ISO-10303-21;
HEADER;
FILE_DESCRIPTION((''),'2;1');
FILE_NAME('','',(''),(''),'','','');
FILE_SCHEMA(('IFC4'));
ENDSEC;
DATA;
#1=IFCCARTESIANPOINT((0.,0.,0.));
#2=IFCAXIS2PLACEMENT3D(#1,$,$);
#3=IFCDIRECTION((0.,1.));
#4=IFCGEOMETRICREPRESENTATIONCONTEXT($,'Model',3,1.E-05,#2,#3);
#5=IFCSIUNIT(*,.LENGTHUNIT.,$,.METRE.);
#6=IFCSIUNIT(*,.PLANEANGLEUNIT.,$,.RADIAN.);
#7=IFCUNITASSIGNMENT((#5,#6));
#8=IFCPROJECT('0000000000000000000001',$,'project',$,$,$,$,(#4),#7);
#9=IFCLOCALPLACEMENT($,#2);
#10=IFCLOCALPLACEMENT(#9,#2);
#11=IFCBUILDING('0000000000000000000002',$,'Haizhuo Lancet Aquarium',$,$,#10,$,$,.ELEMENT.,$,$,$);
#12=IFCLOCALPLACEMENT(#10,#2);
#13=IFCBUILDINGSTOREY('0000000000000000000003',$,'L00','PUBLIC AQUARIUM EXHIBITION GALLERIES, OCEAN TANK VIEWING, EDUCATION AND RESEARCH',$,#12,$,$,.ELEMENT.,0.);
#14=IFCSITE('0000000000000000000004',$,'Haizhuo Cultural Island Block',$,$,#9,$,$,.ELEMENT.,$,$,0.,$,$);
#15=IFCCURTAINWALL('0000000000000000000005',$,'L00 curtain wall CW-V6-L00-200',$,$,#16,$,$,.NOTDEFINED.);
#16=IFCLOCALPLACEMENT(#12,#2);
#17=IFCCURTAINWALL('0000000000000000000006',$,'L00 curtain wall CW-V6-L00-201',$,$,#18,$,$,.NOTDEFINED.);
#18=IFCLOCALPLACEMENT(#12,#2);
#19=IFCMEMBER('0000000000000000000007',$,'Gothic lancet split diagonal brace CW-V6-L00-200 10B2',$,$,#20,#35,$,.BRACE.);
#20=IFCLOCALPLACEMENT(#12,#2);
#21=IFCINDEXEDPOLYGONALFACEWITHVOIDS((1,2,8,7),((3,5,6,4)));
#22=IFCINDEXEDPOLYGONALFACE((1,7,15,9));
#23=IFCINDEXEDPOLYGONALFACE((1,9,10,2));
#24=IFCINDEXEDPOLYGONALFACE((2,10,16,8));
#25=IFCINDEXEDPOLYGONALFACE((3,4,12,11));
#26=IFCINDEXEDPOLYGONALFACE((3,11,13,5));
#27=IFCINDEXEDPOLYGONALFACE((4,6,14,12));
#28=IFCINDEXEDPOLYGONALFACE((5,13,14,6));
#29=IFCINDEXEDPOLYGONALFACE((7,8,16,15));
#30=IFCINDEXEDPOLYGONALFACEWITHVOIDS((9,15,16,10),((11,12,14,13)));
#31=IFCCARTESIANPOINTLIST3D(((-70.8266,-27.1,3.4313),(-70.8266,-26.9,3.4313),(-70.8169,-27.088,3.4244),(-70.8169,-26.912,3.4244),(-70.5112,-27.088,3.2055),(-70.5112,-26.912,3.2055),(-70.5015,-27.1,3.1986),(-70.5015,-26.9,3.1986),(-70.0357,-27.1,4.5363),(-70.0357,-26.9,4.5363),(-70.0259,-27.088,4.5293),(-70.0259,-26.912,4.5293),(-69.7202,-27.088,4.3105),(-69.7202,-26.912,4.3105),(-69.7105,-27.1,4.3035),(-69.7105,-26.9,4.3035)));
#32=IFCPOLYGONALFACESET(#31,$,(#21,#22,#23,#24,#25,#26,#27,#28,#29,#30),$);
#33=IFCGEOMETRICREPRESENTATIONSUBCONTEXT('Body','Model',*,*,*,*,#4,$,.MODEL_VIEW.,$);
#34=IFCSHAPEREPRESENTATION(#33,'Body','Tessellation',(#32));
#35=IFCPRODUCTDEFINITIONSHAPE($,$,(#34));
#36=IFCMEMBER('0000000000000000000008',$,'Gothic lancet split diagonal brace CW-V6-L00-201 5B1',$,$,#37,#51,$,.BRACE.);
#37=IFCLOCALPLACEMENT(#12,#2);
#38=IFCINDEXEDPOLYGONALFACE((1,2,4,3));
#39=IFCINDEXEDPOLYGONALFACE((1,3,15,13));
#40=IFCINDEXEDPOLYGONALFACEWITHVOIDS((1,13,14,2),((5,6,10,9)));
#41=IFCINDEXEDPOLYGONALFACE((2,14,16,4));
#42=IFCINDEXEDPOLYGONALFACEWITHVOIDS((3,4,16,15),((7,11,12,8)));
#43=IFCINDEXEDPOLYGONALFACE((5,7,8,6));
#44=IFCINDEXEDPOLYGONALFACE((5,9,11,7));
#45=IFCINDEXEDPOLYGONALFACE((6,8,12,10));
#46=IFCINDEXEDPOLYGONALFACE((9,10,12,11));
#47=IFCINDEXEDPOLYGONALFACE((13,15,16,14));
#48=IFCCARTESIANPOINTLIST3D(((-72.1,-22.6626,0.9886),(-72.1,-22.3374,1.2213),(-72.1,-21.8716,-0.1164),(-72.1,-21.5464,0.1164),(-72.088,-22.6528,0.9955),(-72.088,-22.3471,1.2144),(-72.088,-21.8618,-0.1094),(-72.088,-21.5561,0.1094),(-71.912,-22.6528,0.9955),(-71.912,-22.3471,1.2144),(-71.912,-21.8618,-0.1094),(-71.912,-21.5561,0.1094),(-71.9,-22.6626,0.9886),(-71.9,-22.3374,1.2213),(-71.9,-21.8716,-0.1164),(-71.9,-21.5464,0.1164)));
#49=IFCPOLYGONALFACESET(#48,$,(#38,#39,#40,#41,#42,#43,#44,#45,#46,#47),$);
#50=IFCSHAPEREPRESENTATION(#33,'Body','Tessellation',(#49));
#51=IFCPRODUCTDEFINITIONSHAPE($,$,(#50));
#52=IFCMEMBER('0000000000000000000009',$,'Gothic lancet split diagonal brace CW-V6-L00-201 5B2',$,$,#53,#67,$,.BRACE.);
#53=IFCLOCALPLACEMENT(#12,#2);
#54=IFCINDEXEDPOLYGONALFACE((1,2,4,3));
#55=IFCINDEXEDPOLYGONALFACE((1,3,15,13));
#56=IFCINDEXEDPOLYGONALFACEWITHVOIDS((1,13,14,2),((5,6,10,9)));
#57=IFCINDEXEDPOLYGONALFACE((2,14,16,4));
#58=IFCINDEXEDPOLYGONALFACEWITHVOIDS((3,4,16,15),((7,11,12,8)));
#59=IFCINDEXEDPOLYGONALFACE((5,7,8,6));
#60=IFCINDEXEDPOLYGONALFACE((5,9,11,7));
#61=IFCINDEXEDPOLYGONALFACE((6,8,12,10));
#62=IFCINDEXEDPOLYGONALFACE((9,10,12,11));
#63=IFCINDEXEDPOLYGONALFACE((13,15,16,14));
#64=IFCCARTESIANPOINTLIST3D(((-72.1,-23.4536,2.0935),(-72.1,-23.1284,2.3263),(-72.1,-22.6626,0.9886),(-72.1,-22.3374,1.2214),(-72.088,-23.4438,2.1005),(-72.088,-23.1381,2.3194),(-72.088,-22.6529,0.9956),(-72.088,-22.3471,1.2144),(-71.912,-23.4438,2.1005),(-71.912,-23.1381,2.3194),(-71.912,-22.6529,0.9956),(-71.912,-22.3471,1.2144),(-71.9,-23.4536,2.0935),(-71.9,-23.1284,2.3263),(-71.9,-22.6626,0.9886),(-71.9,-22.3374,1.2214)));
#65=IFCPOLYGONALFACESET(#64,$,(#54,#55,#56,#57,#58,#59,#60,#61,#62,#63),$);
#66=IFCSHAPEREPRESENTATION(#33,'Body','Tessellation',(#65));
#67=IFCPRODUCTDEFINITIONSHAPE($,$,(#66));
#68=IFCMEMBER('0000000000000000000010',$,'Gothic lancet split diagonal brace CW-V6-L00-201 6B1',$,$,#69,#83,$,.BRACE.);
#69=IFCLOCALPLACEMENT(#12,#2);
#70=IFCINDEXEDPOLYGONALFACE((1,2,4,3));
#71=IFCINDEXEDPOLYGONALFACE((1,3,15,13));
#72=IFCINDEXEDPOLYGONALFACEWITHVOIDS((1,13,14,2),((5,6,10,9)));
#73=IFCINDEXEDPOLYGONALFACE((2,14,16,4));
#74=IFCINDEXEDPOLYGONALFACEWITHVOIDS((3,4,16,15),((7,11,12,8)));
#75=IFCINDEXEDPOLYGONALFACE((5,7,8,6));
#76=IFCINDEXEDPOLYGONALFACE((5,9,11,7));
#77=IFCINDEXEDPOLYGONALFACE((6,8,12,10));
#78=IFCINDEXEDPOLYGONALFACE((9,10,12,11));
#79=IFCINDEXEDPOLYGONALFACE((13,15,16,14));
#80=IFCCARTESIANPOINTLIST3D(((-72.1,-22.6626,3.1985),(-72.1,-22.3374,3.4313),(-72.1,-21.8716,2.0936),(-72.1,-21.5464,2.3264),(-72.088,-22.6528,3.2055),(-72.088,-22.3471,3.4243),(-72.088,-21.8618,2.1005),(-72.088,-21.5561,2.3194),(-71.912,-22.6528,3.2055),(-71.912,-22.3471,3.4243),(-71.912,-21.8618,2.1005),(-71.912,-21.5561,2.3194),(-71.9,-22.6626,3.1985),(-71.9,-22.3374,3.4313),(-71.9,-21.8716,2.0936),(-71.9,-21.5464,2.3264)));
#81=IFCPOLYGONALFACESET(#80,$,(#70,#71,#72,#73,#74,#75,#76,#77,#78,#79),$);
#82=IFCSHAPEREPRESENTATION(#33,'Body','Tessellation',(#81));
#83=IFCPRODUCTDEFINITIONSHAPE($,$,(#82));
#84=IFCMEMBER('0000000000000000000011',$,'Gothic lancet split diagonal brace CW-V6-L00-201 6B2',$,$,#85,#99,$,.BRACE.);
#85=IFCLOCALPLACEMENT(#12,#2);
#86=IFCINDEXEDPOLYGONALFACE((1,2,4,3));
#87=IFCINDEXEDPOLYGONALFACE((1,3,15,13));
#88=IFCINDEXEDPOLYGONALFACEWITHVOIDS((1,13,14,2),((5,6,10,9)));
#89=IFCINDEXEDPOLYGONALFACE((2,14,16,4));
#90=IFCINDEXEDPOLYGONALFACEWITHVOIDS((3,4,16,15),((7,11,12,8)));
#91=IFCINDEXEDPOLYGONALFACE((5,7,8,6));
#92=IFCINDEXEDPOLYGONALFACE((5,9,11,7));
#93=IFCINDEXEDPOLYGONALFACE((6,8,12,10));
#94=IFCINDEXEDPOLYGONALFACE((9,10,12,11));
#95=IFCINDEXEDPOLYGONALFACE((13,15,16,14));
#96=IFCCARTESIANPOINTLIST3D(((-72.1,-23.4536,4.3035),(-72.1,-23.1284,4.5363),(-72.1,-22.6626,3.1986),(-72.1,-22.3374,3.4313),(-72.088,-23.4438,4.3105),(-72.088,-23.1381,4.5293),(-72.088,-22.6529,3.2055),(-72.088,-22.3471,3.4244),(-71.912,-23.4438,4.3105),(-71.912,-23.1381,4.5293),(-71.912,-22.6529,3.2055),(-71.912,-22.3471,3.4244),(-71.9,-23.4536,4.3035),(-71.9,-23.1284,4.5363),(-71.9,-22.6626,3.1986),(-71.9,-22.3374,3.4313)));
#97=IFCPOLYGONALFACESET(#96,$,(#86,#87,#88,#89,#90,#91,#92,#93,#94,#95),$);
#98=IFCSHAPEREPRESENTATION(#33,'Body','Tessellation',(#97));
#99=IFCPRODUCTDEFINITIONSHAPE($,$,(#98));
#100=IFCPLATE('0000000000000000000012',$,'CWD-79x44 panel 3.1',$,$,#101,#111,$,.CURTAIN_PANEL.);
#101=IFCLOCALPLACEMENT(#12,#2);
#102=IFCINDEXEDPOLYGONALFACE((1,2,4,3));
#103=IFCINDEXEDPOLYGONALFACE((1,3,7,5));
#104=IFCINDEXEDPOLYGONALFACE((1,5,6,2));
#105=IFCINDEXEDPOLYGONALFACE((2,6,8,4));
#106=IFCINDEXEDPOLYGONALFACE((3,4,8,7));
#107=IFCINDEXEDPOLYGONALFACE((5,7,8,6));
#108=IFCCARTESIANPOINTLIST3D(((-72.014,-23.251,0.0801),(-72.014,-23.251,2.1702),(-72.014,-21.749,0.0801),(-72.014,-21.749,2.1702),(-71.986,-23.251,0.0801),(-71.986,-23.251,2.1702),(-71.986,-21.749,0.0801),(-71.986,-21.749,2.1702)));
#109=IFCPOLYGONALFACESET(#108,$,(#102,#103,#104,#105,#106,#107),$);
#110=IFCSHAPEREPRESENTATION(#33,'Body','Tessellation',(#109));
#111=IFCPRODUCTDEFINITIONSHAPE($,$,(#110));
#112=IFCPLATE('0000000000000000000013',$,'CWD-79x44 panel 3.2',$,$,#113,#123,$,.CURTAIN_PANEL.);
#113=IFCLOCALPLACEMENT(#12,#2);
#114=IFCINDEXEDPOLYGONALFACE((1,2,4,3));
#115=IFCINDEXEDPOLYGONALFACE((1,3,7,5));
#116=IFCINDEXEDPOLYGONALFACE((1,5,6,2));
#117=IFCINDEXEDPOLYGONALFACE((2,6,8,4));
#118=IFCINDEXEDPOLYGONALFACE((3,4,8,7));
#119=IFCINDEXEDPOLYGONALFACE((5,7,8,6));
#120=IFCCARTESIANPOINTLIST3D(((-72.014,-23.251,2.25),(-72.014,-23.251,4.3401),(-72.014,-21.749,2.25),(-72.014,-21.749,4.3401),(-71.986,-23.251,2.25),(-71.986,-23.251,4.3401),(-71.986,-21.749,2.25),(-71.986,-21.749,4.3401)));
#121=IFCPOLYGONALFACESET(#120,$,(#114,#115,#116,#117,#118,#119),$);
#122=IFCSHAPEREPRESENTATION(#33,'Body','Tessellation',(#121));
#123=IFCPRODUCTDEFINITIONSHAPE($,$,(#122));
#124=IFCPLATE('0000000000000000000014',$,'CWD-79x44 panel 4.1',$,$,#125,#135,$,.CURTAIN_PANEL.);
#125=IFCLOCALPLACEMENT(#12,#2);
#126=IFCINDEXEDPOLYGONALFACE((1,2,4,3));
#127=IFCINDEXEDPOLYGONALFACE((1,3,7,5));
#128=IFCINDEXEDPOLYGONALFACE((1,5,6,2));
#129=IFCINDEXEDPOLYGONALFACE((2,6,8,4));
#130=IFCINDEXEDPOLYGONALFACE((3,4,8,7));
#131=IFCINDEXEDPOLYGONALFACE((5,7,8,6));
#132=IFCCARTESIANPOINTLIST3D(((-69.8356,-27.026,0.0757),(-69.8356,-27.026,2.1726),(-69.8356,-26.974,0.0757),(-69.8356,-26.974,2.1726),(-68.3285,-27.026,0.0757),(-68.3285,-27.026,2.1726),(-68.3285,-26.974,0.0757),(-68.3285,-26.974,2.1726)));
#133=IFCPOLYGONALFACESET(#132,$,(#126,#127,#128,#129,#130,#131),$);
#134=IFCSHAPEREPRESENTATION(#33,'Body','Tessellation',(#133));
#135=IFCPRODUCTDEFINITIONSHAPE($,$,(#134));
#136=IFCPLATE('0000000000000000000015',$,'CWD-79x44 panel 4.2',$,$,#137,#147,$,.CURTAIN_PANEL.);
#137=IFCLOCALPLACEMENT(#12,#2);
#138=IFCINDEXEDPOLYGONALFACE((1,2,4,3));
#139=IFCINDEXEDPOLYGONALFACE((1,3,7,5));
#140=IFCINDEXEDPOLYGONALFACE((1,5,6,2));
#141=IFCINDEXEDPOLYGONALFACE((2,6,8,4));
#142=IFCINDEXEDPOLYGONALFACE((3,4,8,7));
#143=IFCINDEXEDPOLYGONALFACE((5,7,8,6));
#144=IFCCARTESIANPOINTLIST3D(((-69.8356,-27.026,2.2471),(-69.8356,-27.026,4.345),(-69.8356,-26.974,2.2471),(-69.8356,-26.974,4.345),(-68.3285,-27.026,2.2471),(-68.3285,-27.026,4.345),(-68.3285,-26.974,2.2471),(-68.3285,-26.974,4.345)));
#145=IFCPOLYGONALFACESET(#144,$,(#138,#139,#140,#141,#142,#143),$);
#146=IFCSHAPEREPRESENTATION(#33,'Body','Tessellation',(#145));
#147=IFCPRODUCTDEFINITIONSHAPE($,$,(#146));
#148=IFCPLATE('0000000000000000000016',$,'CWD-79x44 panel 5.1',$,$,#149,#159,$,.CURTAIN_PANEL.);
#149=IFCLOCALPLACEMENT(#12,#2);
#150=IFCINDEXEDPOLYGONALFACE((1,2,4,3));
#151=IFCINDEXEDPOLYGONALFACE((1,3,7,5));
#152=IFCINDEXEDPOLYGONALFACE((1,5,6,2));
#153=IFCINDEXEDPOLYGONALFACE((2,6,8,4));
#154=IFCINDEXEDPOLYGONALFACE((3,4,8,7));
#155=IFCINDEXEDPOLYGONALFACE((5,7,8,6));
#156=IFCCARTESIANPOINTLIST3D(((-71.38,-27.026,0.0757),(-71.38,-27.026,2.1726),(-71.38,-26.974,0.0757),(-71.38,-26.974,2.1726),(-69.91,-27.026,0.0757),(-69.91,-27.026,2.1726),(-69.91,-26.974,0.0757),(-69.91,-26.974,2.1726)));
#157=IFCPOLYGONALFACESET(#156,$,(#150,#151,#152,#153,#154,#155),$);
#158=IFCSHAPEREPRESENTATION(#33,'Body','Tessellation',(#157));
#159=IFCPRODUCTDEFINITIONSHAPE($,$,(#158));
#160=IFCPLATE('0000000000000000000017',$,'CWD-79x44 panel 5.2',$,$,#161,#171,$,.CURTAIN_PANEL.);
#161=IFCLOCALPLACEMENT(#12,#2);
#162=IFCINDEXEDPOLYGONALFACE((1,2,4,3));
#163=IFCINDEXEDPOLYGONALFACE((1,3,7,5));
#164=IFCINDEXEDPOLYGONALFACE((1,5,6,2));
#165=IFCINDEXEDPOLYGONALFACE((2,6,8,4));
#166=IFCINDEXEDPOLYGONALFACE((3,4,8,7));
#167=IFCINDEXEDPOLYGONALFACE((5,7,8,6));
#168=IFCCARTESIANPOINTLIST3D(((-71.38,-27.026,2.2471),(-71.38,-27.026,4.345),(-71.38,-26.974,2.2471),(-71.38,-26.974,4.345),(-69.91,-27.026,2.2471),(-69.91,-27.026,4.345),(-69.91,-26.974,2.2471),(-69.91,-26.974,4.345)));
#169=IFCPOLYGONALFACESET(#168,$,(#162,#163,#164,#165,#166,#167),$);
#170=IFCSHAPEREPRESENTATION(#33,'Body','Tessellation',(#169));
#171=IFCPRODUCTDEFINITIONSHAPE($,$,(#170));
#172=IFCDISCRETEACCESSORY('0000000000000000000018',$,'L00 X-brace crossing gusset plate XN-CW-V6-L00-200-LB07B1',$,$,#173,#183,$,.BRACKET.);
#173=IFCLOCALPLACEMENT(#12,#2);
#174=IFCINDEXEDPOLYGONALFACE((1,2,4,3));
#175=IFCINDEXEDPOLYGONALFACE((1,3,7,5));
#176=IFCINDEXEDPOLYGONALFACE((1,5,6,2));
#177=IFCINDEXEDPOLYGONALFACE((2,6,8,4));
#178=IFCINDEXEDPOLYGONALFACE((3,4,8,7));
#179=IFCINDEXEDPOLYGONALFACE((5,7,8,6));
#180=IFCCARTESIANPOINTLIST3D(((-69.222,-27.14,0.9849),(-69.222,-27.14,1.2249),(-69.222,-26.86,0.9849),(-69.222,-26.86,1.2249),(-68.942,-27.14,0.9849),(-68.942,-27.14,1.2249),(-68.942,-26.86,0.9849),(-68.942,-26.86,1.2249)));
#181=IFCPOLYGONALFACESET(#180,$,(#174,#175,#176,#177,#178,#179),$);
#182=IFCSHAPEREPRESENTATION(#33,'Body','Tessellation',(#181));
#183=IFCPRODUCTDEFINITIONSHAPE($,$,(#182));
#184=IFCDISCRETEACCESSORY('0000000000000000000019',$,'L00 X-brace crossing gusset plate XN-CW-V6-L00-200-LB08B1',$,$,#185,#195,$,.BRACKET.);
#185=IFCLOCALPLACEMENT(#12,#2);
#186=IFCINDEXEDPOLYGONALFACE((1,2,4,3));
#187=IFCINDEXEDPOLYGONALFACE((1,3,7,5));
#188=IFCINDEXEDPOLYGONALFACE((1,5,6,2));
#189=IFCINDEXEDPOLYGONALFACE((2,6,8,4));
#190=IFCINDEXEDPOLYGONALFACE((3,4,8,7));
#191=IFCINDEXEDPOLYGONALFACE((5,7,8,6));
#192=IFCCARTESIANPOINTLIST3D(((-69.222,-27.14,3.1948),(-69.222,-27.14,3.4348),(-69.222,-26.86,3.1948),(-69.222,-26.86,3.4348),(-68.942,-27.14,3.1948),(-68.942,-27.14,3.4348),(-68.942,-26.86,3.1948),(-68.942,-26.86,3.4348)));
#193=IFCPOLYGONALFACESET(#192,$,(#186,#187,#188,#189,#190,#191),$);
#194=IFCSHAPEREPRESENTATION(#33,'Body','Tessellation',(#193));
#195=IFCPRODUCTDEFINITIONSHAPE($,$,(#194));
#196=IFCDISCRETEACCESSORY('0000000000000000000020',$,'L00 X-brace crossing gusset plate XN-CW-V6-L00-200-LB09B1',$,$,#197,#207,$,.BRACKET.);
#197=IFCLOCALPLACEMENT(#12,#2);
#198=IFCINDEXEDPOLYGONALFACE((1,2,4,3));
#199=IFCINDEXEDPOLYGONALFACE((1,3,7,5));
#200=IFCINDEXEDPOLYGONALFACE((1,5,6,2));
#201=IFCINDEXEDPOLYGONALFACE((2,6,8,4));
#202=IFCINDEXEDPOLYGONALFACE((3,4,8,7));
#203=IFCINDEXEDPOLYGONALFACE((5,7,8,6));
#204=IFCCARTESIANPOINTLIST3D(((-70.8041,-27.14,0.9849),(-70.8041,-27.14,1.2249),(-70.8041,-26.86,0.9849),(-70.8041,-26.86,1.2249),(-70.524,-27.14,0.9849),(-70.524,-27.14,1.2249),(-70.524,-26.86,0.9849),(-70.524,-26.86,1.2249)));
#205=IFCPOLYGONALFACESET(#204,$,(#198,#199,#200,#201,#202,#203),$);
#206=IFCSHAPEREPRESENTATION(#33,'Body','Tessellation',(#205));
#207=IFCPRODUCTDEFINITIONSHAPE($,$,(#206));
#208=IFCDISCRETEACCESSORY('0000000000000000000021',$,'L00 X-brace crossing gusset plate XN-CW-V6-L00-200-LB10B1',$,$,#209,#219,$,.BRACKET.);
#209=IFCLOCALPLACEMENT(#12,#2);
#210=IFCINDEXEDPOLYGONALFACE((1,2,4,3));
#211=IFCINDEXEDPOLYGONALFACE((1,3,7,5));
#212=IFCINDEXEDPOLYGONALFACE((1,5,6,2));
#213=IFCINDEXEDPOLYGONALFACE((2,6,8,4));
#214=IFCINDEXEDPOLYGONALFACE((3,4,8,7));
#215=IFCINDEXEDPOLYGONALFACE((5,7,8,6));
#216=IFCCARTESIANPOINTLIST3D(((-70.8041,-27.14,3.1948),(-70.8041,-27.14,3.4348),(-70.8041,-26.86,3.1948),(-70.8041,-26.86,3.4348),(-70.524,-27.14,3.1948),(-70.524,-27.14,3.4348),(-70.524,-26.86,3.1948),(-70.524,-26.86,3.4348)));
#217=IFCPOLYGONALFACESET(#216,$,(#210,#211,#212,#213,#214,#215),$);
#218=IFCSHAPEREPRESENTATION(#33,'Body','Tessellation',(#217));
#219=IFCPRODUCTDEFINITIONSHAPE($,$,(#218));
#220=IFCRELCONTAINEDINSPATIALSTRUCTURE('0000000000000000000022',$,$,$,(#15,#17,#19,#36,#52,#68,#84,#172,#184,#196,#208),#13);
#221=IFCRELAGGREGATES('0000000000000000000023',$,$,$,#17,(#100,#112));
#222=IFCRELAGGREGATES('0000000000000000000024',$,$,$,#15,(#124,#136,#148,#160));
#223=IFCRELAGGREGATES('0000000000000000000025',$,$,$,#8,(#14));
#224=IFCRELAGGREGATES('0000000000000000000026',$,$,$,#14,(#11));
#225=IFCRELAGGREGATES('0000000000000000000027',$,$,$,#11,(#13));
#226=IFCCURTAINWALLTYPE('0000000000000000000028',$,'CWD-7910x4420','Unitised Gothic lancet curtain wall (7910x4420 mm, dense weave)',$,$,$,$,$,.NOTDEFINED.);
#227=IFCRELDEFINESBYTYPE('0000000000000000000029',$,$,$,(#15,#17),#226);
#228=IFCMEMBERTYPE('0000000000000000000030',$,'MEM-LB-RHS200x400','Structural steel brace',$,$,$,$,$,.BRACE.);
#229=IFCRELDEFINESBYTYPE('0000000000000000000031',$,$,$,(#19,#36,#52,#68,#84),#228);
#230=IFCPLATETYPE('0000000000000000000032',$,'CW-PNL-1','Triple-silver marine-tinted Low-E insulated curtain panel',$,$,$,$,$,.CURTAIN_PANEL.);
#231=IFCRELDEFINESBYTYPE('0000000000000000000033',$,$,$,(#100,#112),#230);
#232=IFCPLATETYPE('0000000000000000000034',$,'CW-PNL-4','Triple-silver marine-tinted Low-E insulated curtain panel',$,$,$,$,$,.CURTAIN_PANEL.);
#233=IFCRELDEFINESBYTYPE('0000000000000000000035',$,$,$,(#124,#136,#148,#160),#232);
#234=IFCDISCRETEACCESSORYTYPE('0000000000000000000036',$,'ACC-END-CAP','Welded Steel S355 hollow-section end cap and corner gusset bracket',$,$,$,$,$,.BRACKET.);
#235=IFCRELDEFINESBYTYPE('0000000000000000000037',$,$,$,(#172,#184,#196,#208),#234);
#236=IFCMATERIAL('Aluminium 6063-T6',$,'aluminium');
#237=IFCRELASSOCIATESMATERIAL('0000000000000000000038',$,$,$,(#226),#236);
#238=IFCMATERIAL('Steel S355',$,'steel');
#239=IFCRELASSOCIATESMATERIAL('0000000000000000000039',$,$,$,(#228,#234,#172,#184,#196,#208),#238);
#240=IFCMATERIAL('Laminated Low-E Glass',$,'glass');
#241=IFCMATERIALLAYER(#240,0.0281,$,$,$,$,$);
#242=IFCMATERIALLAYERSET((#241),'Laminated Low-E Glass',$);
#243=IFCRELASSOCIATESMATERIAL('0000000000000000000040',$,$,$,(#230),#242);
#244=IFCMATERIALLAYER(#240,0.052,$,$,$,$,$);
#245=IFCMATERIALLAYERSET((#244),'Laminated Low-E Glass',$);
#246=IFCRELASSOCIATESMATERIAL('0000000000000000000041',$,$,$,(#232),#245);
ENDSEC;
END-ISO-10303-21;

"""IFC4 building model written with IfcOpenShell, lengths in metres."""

from ifc_helpers import new_model, si_unit, direction, frame, origin, origin_2d, place, context, subcontext, project, spatial, rectangle, hollow_rectangle, extrude, material, layer, layer_set, material_profile, profile_set, type_object, element, aggregate, save


model = new_model("IFC4")

# Units and contexts
model_context = context("Model", 3, precision=1e-05, world=origin(), true_north=direction((0.0, 1.0)))
body_context = subcontext(model_context, "Body", "Model", "MODEL_VIEW")
ifc_project = project(units=[si_unit("LENGTHUNIT", "METRE"), si_unit("PLANEANGLEUNIT", "RADIAN")], contexts=[model_context])

# Site, building, storey
site_placement = place(None, origin())
site = spatial("IfcSite", under=ifc_project, at=site_placement, Name="Haizhuo Cultural Island Block", CompositionType="ELEMENT", RefElevation=0.0)
building_placement = place(site_placement, origin())
building = spatial("IfcBuilding", under=site, at=building_placement, Name="Haizhuo Lancet Aquarium", CompositionType="ELEMENT")
storey_placement = place(building_placement, origin())
storey = spatial("IfcBuildingStorey", under=building, at=storey_placement, Name="L00", Description="PUBLIC AQUARIUM EXHIBITION GALLERIES, OCEAN TANK VIEWING, EDUCATION AND RESEARCH", CompositionType="ELEMENT", Elevation=0.0)

# Curtain wall
ifc_material_1 = material(Name="Aluminium 6063-T6", Category="aluminium")
curtain_wall_type = type_object("IfcCurtainWallType", Name="CWD-7910x4420", Description="Unitised Gothic lancet curtain wall (7910x4420 mm, dense weave)", PredefinedType="NOTDEFINED", material=ifc_material_1)
curtain_wall_1_placement = place(storey_placement, origin())
curtain_wall_1 = element("IfcCurtainWall", 1, at=curtain_wall_1_placement, inside=storey, type_object=curtain_wall_type, Name="L00 curtain wall CW-V6-L00-200", PredefinedType="NOTDEFINED")

# Curtain wall
curtain_wall_2_placement = place(storey_placement, origin())
curtain_wall_2 = element("IfcCurtainWall", 2, at=curtain_wall_2_placement, inside=storey, type_object=curtain_wall_type, Name="L00 curtain wall CW-V6-L00-201", PredefinedType="NOTDEFINED")

# Shared definitions
ifc_material_2 = material(Name="Steel S355", Category="steel")

# Members
ifc_material_profile_1 = material_profile(ifc_material_2, hollow_rectangle(XDim=0.2, YDim=0.3999, WallThickness=0.012, at=origin_2d()), Name="RHS 200x400x12")
ifc_profile_set_1 = profile_set([ifc_material_profile_1], Name="Steel S355")
member_type_1 = type_object("IfcMemberType", Name="MEM-LB-RHS200x400", Description="Structural steel brace", PredefinedType="BRACE", material=ifc_profile_set_1)
for number, where, z_axis, x_axis, name in (
    (3, (-70.6641, -27.0, 3.3149), (0.582088, 0.0, 0.813126), (0.0, 1.0, 0.0), "Gothic lancet split diagonal brace CW-V6-L00-200 10B2"),
    (4, (-72.0, -21.709, 0.0), (0.0, -0.582088, 0.813126), (1.0, 0.0, 0.0), "Gothic lancet split diagonal brace CW-V6-L00-201 5B1"),
    (5, (-72.0, -22.5, 1.105), (0.0, -0.582088, 0.813126), (1.0, 0.0, 0.0), "Gothic lancet split diagonal brace CW-V6-L00-201 5B2"),
    (6, (-72.0, -21.709, 2.21), (0.0, -0.582088, 0.813126), (1.0, 0.0, 0.0), "Gothic lancet split diagonal brace CW-V6-L00-201 6B1"),
    (7, (-72.0, -22.5, 3.3149), (0.0, -0.582088, 0.813126), (1.0, 0.0, 0.0), "Gothic lancet split diagonal brace CW-V6-L00-201 6B2"),
):
    element("IfcMember", number, at=place(storey_placement, frame(where, z_axis=z_axis, x_axis=x_axis)), inside=storey, type_object=member_type_1, Name=name, PredefinedType="BRACE", context=body_context, shape_type="SweptSolid", body=[
        extrude(hollow_rectangle(XDim=0.2, YDim=0.3999, WallThickness=0.012, at=origin_2d()), origin(), (0.0, 0.0, 1.0), 1.3589),
    ])

# Plates
ifc_material_3 = material(Name="Laminated Low-E Glass", Category="glass")
ifc_layer_1 = layer(ifc_material_3, 0.0281)
ifc_layer_set_1 = layer_set([ifc_layer_1], Name="Laminated Low-E Glass")
plate_type_1 = type_object("IfcPlateType", Name="CW-PNL-1", Description="Triple-silver marine-tinted Low-E insulated curtain panel", PredefinedType="CURTAIN_PANEL", material=ifc_layer_set_1)
plate_1_placement = place(storey_placement, frame((-72.0, -22.5, 0.0801), z_axis=(0.0, 0.0, 1.0), x_axis=(0.0, 1.0, 0.0)))
plate_1 = element("IfcPlate", 8, at=plate_1_placement, type_object=plate_type_1, Name="CWD-79x44 panel 3.1", PredefinedType="CURTAIN_PANEL", context=body_context, shape_type="SweptSolid", body=[
    extrude(rectangle(XDim=1.502, YDim=0.0281, at=origin_2d()), origin(), (0.0, 0.0, 1.0), 2.0901),
])
plate_2_placement = place(storey_placement, frame((-72.0, -22.5, 2.25), z_axis=(0.0, 0.0, 1.0), x_axis=(0.0, 1.0, 0.0)))
plate_2 = element("IfcPlate", 9, at=plate_2_placement, type_object=plate_type_1, Name="CWD-79x44 panel 3.2", PredefinedType="CURTAIN_PANEL", context=body_context, shape_type="SweptSolid", body=[
    extrude(rectangle(XDim=1.502, YDim=0.0281, at=origin_2d()), origin(), (0.0, 0.0, 1.0), 2.0901),
])
aggregate(curtain_wall_2, [plate_1, plate_2])
ifc_layer_2 = layer(ifc_material_3, 0.052)
ifc_layer_set_2 = layer_set([ifc_layer_2], Name="Laminated Low-E Glass")
plate_type_2 = type_object("IfcPlateType", Name="CW-PNL-4", Description="Triple-silver marine-tinted Low-E insulated curtain panel", PredefinedType="CURTAIN_PANEL", material=ifc_layer_set_2)
plate_3_placement = place(storey_placement, frame((-69.082, -27.0, 0.0757), z_axis=(0.0, 0.0, 1.0), x_axis=(-1.0, 0.0, 0.0)))
plate_3 = element("IfcPlate", 10, at=plate_3_placement, type_object=plate_type_2, Name="CWD-79x44 panel 4.1", PredefinedType="CURTAIN_PANEL", context=body_context, shape_type="SweptSolid", body=[
    extrude(rectangle(XDim=1.5071, YDim=0.052, at=origin_2d()), origin(), (0.0, 0.0, 1.0), 2.0969),
])
plate_4_placement = place(storey_placement, frame((-69.082, -27.0, 2.2471), z_axis=(0.0, 0.0, 1.0), x_axis=(-1.0, 0.0, 0.0)))
plate_4 = element("IfcPlate", 11, at=plate_4_placement, type_object=plate_type_2, Name="CWD-79x44 panel 4.2", PredefinedType="CURTAIN_PANEL", context=body_context, shape_type="SweptSolid", body=[
    extrude(rectangle(XDim=1.5071, YDim=0.052, at=origin_2d()), origin(), (0.0, 0.0, 1.0), 2.0979),
])
plate_5_placement = place(storey_placement, frame((-70.645, -27.0, 0.0757), z_axis=(0.0, 0.0, 1.0), x_axis=(-1.0, 0.0, 0.0)))
plate_5 = element("IfcPlate", 12, at=plate_5_placement, type_object=plate_type_2, Name="CWD-79x44 panel 5.1", PredefinedType="CURTAIN_PANEL", context=body_context, shape_type="SweptSolid", body=[
    extrude(rectangle(XDim=1.47, YDim=0.052, at=origin_2d()), origin(), (0.0, 0.0, 1.0), 2.0969),
])
plate_6_placement = place(storey_placement, frame((-70.645, -27.0, 2.2471), z_axis=(0.0, 0.0, 1.0), x_axis=(-1.0, 0.0, 0.0)))
plate_6 = element("IfcPlate", 13, at=plate_6_placement, type_object=plate_type_2, Name="CWD-79x44 panel 5.2", PredefinedType="CURTAIN_PANEL", context=body_context, shape_type="SweptSolid", body=[
    extrude(rectangle(XDim=1.47, YDim=0.052, at=origin_2d()), origin(), (0.0, 0.0, 1.0), 2.0979),
])
aggregate(curtain_wall_1, [plate_3, plate_4, plate_5, plate_6])

# Discrete accessories
discrete_accessory_type = type_object("IfcDiscreteAccessoryType", Name="ACC-END-CAP", Description="Welded Steel S355 hollow-section end cap and corner gusset bracket", PredefinedType="BRACKET", material=ifc_material_2)
for number, where, z_axis, x_axis, name in (
    (14, (-69.082, -27.0, 0.9849), (0.0, 0.0, 1.0), (1.0, 0.0, 0.0), "L00 X-brace crossing gusset plate XN-CW-V6-L00-200-LB07B1"),
    (15, (-69.082, -27.0, 3.1948), (0.0, 0.0, 1.0), (1.0, 0.0, 0.0), "L00 X-brace crossing gusset plate XN-CW-V6-L00-200-LB08B1"),
    (16, (-70.6641, -27.0, 0.9849), (0.0, 0.0, 1.0), (1.0, 0.0, 0.0), "L00 X-brace crossing gusset plate XN-CW-V6-L00-200-LB09B1"),
    (17, (-70.6641, -27.0, 3.1948), (0.0, 0.0, 1.0), (1.0, 0.0, 0.0), "L00 X-brace crossing gusset plate XN-CW-V6-L00-200-LB10B1"),
):
    element("IfcDiscreteAccessory", number, at=place(storey_placement, frame(where, z_axis=z_axis, x_axis=x_axis)), inside=storey, type_object=discrete_accessory_type, material=ifc_material_2, Name=name, PredefinedType="BRACKET", context=body_context, shape_type="SweptSolid", body=[
        extrude(rectangle(XDim=0.28, YDim=0.28, at=origin_2d()), origin(), (0.0, 0.0, 1.0), 0.24),
    ])

save(model, "model.ifc")
